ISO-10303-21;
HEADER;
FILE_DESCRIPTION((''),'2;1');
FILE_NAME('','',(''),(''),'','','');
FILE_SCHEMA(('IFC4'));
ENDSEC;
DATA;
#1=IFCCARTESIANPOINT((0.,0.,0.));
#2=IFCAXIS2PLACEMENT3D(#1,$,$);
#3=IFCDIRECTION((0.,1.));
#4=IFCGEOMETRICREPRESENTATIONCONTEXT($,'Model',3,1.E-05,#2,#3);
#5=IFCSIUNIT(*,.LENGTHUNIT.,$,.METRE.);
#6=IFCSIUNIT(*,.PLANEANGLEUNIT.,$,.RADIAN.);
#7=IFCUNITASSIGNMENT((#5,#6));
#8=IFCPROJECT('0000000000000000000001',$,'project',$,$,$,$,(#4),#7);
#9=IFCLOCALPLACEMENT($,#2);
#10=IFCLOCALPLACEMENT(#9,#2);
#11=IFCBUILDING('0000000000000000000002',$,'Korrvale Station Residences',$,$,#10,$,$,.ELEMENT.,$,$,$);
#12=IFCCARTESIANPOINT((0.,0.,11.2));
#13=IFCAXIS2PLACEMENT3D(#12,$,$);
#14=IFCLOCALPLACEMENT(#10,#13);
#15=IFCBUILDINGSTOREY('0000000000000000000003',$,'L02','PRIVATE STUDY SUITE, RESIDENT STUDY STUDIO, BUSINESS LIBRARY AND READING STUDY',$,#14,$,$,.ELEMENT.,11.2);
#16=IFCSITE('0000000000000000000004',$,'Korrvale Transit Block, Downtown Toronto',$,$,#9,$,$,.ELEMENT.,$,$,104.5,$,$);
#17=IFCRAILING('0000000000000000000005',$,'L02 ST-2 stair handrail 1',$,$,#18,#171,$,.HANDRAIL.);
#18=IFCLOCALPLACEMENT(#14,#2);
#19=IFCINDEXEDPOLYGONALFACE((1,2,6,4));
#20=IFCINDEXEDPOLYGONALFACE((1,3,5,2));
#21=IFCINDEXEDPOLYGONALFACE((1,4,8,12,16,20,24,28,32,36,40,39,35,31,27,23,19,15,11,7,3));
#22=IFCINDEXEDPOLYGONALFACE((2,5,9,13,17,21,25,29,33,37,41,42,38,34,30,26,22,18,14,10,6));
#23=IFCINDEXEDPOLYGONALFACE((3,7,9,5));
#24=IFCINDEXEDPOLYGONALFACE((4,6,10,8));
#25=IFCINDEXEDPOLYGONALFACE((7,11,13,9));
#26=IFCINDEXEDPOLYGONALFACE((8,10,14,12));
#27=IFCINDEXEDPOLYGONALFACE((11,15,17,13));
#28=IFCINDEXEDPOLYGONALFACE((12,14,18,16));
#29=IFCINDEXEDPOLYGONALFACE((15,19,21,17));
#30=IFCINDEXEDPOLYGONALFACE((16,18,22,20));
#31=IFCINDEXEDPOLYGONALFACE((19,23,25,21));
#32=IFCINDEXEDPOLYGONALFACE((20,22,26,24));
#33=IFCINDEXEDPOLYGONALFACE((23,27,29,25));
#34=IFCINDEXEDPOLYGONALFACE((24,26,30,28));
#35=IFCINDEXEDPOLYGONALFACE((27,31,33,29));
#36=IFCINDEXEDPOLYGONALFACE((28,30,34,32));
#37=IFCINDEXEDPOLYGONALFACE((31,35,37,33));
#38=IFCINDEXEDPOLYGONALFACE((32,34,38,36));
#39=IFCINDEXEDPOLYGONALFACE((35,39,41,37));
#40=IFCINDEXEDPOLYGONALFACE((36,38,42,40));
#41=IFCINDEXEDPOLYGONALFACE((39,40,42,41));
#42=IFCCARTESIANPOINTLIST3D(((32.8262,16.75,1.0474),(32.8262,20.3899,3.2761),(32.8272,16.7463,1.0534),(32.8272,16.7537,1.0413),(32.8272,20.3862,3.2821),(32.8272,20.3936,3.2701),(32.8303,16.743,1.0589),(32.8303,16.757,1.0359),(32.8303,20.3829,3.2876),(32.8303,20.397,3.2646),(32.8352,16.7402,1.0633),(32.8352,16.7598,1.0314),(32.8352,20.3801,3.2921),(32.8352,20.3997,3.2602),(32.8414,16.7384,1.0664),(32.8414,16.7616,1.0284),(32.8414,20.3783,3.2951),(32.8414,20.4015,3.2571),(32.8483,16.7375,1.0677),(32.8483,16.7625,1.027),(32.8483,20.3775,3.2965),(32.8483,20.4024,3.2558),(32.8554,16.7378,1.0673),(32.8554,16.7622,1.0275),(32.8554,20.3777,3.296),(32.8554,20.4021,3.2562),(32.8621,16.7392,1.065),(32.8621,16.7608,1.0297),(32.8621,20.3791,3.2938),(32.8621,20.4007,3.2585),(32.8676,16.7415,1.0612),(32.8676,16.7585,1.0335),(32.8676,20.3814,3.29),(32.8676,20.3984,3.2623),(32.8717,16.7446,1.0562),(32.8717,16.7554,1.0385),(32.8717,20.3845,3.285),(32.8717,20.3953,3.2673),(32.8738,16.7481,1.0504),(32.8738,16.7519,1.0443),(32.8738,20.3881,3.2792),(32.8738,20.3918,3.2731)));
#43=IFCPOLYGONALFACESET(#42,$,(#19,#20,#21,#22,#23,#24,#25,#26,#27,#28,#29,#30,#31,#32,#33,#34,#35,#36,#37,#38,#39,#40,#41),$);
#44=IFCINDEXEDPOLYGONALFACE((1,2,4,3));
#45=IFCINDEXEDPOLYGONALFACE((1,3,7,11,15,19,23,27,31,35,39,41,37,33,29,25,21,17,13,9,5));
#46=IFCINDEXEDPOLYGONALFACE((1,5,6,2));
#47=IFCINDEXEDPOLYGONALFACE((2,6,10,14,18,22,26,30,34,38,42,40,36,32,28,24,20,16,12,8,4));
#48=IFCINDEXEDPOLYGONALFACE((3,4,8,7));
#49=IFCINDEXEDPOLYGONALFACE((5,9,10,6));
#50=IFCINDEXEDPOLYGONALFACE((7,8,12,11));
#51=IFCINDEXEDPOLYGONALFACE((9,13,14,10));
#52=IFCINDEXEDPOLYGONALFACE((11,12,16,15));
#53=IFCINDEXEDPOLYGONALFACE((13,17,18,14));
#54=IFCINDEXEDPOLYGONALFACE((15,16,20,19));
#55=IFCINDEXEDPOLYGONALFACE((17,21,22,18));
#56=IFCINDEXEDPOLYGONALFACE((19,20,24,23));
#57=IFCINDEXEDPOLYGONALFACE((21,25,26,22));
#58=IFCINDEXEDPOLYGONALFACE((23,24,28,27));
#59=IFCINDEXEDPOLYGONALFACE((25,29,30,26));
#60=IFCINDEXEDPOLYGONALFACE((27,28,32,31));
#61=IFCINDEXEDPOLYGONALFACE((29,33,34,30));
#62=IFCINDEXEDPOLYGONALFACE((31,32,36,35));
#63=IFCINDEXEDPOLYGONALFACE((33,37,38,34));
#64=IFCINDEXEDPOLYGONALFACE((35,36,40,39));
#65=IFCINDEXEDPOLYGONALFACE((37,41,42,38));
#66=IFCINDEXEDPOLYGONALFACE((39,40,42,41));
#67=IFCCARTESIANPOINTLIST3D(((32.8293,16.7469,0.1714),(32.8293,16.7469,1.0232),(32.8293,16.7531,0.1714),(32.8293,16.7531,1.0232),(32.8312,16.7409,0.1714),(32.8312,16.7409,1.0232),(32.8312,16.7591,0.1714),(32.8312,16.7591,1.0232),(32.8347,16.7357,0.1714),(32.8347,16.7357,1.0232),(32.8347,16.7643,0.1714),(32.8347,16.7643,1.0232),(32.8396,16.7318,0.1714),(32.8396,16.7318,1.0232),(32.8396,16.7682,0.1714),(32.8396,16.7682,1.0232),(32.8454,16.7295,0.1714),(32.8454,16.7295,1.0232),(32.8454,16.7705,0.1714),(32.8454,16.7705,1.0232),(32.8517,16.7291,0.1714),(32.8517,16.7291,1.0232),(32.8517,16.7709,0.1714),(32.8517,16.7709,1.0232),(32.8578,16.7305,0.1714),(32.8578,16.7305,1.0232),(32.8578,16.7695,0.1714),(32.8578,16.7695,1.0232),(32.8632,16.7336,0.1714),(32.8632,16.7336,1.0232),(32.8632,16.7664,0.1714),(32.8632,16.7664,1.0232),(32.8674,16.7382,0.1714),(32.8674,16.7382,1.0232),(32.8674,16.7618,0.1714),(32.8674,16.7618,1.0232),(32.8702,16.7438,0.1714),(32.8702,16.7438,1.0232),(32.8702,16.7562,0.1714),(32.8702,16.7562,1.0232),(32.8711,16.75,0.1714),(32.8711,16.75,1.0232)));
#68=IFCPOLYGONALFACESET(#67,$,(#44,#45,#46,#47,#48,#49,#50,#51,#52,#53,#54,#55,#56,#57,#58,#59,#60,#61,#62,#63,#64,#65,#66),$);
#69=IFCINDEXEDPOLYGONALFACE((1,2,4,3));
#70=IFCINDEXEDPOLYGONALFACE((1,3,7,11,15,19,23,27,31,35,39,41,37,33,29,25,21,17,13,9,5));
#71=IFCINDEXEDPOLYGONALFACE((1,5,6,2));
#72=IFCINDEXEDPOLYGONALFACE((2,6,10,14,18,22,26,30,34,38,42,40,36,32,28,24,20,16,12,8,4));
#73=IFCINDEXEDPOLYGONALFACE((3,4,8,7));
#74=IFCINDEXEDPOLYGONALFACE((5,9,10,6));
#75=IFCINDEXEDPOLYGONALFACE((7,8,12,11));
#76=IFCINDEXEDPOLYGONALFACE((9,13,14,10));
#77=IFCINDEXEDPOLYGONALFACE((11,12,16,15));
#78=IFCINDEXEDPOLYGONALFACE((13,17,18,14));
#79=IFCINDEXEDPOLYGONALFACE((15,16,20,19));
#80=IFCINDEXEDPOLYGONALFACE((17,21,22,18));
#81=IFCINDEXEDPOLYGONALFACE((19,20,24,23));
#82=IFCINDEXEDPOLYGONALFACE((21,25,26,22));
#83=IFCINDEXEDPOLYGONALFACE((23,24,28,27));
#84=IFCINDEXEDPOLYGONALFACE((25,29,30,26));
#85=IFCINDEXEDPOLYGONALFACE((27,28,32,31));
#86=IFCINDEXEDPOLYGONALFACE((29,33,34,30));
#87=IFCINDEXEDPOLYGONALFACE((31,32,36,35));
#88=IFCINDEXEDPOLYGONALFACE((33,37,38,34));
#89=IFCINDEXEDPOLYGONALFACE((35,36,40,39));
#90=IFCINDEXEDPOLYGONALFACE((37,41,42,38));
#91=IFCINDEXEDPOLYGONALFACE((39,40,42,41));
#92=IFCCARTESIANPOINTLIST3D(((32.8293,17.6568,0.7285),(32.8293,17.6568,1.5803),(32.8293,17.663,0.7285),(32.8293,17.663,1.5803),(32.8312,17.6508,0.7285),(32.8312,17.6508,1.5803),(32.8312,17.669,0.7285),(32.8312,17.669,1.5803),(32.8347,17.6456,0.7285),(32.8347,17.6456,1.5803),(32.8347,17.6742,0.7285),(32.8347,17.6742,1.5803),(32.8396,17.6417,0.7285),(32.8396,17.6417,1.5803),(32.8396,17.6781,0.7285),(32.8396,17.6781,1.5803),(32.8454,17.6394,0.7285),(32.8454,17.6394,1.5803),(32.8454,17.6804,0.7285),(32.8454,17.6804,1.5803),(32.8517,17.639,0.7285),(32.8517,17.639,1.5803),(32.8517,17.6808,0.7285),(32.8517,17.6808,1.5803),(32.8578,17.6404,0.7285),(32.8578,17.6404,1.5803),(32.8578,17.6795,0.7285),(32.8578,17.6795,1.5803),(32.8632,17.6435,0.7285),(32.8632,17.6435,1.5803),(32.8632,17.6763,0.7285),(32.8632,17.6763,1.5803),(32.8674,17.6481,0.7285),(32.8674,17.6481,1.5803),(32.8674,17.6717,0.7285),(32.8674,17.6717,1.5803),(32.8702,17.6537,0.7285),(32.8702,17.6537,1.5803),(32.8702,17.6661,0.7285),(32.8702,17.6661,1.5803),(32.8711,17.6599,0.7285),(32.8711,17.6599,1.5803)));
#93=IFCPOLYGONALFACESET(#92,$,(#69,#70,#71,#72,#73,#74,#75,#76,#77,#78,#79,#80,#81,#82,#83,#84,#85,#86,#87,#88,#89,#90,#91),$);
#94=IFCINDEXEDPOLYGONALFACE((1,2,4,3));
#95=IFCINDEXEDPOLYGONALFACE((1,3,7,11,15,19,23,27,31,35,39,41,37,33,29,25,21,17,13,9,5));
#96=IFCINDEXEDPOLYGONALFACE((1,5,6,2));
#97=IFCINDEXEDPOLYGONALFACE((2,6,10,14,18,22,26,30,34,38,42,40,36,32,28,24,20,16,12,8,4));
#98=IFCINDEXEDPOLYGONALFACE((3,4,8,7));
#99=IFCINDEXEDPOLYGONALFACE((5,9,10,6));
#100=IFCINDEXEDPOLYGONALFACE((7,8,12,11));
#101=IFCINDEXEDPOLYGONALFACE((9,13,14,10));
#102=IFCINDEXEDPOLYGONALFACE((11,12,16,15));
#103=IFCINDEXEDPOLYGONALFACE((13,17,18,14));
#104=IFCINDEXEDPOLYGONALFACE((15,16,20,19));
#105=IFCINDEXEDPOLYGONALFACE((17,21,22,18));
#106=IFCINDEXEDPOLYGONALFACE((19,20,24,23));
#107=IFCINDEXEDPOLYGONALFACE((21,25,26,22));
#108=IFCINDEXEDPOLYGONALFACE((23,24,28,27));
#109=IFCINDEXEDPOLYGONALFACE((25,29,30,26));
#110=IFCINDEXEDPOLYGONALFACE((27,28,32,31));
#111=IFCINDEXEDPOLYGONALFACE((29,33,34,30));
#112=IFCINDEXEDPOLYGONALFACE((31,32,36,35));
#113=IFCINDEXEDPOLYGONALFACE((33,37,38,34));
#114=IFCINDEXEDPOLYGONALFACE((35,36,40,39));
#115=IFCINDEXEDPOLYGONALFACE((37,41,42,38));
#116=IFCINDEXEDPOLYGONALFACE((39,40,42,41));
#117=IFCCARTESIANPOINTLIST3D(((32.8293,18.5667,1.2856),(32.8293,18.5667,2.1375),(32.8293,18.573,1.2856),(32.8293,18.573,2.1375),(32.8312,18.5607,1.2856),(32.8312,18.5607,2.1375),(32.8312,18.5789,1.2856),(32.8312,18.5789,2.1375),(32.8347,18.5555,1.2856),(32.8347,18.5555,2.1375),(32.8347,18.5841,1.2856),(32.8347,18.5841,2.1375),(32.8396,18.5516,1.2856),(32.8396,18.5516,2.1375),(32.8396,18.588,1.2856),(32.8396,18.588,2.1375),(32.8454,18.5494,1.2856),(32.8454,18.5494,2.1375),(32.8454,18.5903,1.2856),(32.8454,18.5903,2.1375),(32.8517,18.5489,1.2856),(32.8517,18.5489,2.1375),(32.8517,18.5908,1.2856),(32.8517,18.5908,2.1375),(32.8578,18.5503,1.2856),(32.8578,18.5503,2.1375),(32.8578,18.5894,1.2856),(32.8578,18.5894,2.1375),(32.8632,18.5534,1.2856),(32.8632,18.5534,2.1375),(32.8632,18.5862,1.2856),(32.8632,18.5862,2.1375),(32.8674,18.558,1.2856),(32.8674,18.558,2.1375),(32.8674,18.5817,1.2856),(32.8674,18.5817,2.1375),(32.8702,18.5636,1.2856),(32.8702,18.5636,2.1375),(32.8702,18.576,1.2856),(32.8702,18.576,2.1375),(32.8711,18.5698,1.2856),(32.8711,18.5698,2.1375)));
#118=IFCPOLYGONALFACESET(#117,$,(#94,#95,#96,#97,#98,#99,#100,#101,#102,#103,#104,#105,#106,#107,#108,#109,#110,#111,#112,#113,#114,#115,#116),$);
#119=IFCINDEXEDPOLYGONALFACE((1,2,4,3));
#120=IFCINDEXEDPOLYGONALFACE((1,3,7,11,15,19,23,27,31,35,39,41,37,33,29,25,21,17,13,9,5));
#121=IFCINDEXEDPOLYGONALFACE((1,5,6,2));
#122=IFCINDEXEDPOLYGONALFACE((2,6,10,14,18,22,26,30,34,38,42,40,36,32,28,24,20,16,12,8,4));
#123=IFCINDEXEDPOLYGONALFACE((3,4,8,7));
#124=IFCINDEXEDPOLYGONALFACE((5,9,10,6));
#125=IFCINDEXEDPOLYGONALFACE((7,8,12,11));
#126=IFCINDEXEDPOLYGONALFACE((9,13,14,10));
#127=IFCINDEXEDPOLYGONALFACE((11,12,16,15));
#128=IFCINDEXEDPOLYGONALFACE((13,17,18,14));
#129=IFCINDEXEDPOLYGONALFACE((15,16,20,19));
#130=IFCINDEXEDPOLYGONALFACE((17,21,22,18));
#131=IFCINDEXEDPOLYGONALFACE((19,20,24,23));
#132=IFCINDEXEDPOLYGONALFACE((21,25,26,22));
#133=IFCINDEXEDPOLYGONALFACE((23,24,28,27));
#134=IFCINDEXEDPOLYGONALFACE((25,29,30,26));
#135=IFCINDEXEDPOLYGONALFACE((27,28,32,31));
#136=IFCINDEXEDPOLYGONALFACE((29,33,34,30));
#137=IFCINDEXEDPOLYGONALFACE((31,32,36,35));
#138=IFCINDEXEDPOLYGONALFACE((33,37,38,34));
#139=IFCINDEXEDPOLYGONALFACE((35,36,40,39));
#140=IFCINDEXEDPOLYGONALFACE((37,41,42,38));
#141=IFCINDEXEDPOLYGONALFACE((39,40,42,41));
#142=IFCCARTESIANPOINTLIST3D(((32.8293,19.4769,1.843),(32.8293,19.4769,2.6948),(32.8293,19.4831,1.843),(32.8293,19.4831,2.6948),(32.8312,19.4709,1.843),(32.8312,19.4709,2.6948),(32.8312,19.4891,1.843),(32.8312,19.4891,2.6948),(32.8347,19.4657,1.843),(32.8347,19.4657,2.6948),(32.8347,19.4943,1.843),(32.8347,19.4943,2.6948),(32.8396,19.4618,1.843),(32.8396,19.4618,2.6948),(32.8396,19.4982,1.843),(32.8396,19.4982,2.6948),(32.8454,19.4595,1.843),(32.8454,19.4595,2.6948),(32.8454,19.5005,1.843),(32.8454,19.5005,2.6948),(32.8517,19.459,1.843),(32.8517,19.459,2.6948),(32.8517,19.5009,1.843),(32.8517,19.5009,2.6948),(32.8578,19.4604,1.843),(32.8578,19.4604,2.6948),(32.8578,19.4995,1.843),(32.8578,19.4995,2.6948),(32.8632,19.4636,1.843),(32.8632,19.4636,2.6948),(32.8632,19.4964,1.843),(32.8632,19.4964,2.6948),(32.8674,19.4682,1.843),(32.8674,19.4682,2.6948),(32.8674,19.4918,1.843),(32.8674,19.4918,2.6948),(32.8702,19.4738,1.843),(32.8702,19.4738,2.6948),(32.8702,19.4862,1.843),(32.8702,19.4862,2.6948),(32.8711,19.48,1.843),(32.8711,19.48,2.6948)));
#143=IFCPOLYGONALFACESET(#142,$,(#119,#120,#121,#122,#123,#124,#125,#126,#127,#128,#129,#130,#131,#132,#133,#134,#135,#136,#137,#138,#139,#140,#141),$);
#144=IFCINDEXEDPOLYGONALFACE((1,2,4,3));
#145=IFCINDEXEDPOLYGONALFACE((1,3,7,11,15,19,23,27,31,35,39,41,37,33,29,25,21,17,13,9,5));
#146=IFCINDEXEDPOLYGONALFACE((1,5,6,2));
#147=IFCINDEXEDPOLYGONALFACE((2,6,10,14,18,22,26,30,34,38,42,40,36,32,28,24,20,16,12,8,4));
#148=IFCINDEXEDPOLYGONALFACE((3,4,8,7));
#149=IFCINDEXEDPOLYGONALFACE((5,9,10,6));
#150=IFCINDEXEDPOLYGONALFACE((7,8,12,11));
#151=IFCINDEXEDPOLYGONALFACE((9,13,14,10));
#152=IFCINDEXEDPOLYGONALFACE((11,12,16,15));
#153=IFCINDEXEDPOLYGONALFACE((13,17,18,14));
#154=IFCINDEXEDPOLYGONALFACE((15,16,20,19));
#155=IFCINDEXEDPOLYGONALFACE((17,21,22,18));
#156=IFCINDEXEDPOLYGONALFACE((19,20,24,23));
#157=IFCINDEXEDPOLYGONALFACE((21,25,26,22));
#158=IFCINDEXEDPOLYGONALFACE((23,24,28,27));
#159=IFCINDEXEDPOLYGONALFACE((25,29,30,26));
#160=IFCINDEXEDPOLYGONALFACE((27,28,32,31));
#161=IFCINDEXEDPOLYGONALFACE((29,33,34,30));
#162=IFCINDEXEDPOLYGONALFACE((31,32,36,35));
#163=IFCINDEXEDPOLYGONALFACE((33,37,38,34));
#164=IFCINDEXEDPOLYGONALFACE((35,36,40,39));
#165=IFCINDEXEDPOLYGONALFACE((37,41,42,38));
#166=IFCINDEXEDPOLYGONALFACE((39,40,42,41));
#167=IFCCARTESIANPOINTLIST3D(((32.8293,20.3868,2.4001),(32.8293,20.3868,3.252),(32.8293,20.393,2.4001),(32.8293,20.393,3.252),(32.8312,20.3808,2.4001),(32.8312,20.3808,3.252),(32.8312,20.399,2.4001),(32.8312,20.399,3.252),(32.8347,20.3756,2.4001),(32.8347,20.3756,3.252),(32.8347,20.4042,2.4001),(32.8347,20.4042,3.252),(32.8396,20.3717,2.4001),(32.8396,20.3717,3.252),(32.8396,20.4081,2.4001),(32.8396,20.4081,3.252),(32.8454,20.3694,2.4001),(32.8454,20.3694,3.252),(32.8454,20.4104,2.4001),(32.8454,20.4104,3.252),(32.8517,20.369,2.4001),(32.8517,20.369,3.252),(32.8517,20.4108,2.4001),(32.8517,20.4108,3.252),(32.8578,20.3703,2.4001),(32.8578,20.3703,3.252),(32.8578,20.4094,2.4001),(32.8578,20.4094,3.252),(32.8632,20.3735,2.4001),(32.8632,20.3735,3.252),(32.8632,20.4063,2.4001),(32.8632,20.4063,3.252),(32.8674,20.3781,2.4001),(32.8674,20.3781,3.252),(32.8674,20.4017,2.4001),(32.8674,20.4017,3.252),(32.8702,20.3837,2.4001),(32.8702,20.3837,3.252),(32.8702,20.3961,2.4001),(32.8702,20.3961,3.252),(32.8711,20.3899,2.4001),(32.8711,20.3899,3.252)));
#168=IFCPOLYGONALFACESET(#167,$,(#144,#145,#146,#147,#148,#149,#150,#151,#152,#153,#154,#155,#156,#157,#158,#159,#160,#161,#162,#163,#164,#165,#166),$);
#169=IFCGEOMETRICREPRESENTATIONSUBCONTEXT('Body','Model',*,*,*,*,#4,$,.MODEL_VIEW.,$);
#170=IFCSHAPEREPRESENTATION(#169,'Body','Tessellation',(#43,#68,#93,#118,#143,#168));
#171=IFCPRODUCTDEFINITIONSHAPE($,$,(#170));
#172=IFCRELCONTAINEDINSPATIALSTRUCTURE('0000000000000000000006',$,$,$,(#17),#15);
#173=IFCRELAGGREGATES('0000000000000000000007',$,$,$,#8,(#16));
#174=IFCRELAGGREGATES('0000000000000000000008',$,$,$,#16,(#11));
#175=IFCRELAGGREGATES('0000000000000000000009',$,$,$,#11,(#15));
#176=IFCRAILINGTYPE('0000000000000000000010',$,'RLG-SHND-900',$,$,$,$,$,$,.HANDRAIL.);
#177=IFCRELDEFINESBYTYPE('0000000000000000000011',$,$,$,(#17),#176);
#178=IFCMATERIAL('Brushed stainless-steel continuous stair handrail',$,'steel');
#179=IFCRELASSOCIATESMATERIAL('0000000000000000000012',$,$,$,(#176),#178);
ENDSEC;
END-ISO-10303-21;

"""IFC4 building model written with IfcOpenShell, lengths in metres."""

from ifc_helpers import new_model, si_unit, direction, frame, origin, origin_2d, place, context, subcontext, project, spatial, circle, extrude, material, type_object, element, save


model = new_model("IFC4")

# Units and contexts
model_context = context("Model", 3, precision=1e-05, world=origin(), true_north=direction((0.0, 1.0)))
body_context = subcontext(model_context, "Body", "Model", "MODEL_VIEW")
ifc_project = project(units=[si_unit("LENGTHUNIT", "METRE"), si_unit("PLANEANGLEUNIT", "RADIAN")], contexts=[model_context])

# Site, building, storey
site_placement = place(None, origin())
site = spatial("IfcSite", under=ifc_project, at=site_placement, Name="Korrvale Transit Block, Downtown Toronto", CompositionType="ELEMENT", RefElevation=104.5)
building_placement = place(site_placement, origin())
building = spatial("IfcBuilding", under=site, at=building_placement, Name="Korrvale Station Residences", CompositionType="ELEMENT")
storey_placement = place(building_placement, frame((0.0, 0.0, 11.2)))
storey = spatial("IfcBuildingStorey", under=building, at=storey_placement, Name="L02", Description="PRIVATE STUDY SUITE, RESIDENT STUDY STUDIO, BUSINESS LIBRARY AND READING STUDY", CompositionType="ELEMENT", Elevation=11.2)

# Railing
ifc_material_1 = material(Name="Brushed stainless-steel continuous stair handrail", Category="steel")
railing_type_1 = type_object("IfcRailingType", Name="RLG-SHND-900", PredefinedType="HANDRAIL", material=ifc_material_1)
railing_1_placement = place(storey_placement, frame((32.8501, 16.75, 0.1714)))
element("IfcRailing", 1, at=railing_1_placement, inside=storey, type_object=railing_type_1, Name="L02 ST-2 stair handrail 1", PredefinedType="HANDRAIL", context=body_context, shape_type="SweptSolid", body=[
    extrude(circle(Radius=0.0239, at=origin_2d()), frame((0.0, 0.0, 0.876), z_axis=(0.0, 0.852825, 0.522197), x_axis=(-1.0, 0.0, 0.0)), (0.0, 0.0, 1.0), 4.2681),
    extrude(circle(Radius=0.021, at=origin_2d()), origin(), (0.0, 0.0, 1.0), 0.8518),
    extrude(circle(Radius=0.021, at=origin_2d()), frame((0.0, 0.9099, 0.5571)), (0.0, 0.0, 1.0), 0.8518),
    extrude(circle(Radius=0.021, at=origin_2d()), frame((0.0, 1.8198, 1.1143)), (0.0, 0.0, 1.0), 0.8518),
    extrude(circle(Radius=0.021, at=origin_2d()), frame((0.0, 2.73, 1.6716)), (0.0, 0.0, 1.0), 0.8518),
    extrude(circle(Radius=0.021, at=origin_2d()), frame((0.0, 3.6399, 2.2288)), (0.0, 0.0, 1.0), 0.8518),
])

save(model, "model.ifc")
